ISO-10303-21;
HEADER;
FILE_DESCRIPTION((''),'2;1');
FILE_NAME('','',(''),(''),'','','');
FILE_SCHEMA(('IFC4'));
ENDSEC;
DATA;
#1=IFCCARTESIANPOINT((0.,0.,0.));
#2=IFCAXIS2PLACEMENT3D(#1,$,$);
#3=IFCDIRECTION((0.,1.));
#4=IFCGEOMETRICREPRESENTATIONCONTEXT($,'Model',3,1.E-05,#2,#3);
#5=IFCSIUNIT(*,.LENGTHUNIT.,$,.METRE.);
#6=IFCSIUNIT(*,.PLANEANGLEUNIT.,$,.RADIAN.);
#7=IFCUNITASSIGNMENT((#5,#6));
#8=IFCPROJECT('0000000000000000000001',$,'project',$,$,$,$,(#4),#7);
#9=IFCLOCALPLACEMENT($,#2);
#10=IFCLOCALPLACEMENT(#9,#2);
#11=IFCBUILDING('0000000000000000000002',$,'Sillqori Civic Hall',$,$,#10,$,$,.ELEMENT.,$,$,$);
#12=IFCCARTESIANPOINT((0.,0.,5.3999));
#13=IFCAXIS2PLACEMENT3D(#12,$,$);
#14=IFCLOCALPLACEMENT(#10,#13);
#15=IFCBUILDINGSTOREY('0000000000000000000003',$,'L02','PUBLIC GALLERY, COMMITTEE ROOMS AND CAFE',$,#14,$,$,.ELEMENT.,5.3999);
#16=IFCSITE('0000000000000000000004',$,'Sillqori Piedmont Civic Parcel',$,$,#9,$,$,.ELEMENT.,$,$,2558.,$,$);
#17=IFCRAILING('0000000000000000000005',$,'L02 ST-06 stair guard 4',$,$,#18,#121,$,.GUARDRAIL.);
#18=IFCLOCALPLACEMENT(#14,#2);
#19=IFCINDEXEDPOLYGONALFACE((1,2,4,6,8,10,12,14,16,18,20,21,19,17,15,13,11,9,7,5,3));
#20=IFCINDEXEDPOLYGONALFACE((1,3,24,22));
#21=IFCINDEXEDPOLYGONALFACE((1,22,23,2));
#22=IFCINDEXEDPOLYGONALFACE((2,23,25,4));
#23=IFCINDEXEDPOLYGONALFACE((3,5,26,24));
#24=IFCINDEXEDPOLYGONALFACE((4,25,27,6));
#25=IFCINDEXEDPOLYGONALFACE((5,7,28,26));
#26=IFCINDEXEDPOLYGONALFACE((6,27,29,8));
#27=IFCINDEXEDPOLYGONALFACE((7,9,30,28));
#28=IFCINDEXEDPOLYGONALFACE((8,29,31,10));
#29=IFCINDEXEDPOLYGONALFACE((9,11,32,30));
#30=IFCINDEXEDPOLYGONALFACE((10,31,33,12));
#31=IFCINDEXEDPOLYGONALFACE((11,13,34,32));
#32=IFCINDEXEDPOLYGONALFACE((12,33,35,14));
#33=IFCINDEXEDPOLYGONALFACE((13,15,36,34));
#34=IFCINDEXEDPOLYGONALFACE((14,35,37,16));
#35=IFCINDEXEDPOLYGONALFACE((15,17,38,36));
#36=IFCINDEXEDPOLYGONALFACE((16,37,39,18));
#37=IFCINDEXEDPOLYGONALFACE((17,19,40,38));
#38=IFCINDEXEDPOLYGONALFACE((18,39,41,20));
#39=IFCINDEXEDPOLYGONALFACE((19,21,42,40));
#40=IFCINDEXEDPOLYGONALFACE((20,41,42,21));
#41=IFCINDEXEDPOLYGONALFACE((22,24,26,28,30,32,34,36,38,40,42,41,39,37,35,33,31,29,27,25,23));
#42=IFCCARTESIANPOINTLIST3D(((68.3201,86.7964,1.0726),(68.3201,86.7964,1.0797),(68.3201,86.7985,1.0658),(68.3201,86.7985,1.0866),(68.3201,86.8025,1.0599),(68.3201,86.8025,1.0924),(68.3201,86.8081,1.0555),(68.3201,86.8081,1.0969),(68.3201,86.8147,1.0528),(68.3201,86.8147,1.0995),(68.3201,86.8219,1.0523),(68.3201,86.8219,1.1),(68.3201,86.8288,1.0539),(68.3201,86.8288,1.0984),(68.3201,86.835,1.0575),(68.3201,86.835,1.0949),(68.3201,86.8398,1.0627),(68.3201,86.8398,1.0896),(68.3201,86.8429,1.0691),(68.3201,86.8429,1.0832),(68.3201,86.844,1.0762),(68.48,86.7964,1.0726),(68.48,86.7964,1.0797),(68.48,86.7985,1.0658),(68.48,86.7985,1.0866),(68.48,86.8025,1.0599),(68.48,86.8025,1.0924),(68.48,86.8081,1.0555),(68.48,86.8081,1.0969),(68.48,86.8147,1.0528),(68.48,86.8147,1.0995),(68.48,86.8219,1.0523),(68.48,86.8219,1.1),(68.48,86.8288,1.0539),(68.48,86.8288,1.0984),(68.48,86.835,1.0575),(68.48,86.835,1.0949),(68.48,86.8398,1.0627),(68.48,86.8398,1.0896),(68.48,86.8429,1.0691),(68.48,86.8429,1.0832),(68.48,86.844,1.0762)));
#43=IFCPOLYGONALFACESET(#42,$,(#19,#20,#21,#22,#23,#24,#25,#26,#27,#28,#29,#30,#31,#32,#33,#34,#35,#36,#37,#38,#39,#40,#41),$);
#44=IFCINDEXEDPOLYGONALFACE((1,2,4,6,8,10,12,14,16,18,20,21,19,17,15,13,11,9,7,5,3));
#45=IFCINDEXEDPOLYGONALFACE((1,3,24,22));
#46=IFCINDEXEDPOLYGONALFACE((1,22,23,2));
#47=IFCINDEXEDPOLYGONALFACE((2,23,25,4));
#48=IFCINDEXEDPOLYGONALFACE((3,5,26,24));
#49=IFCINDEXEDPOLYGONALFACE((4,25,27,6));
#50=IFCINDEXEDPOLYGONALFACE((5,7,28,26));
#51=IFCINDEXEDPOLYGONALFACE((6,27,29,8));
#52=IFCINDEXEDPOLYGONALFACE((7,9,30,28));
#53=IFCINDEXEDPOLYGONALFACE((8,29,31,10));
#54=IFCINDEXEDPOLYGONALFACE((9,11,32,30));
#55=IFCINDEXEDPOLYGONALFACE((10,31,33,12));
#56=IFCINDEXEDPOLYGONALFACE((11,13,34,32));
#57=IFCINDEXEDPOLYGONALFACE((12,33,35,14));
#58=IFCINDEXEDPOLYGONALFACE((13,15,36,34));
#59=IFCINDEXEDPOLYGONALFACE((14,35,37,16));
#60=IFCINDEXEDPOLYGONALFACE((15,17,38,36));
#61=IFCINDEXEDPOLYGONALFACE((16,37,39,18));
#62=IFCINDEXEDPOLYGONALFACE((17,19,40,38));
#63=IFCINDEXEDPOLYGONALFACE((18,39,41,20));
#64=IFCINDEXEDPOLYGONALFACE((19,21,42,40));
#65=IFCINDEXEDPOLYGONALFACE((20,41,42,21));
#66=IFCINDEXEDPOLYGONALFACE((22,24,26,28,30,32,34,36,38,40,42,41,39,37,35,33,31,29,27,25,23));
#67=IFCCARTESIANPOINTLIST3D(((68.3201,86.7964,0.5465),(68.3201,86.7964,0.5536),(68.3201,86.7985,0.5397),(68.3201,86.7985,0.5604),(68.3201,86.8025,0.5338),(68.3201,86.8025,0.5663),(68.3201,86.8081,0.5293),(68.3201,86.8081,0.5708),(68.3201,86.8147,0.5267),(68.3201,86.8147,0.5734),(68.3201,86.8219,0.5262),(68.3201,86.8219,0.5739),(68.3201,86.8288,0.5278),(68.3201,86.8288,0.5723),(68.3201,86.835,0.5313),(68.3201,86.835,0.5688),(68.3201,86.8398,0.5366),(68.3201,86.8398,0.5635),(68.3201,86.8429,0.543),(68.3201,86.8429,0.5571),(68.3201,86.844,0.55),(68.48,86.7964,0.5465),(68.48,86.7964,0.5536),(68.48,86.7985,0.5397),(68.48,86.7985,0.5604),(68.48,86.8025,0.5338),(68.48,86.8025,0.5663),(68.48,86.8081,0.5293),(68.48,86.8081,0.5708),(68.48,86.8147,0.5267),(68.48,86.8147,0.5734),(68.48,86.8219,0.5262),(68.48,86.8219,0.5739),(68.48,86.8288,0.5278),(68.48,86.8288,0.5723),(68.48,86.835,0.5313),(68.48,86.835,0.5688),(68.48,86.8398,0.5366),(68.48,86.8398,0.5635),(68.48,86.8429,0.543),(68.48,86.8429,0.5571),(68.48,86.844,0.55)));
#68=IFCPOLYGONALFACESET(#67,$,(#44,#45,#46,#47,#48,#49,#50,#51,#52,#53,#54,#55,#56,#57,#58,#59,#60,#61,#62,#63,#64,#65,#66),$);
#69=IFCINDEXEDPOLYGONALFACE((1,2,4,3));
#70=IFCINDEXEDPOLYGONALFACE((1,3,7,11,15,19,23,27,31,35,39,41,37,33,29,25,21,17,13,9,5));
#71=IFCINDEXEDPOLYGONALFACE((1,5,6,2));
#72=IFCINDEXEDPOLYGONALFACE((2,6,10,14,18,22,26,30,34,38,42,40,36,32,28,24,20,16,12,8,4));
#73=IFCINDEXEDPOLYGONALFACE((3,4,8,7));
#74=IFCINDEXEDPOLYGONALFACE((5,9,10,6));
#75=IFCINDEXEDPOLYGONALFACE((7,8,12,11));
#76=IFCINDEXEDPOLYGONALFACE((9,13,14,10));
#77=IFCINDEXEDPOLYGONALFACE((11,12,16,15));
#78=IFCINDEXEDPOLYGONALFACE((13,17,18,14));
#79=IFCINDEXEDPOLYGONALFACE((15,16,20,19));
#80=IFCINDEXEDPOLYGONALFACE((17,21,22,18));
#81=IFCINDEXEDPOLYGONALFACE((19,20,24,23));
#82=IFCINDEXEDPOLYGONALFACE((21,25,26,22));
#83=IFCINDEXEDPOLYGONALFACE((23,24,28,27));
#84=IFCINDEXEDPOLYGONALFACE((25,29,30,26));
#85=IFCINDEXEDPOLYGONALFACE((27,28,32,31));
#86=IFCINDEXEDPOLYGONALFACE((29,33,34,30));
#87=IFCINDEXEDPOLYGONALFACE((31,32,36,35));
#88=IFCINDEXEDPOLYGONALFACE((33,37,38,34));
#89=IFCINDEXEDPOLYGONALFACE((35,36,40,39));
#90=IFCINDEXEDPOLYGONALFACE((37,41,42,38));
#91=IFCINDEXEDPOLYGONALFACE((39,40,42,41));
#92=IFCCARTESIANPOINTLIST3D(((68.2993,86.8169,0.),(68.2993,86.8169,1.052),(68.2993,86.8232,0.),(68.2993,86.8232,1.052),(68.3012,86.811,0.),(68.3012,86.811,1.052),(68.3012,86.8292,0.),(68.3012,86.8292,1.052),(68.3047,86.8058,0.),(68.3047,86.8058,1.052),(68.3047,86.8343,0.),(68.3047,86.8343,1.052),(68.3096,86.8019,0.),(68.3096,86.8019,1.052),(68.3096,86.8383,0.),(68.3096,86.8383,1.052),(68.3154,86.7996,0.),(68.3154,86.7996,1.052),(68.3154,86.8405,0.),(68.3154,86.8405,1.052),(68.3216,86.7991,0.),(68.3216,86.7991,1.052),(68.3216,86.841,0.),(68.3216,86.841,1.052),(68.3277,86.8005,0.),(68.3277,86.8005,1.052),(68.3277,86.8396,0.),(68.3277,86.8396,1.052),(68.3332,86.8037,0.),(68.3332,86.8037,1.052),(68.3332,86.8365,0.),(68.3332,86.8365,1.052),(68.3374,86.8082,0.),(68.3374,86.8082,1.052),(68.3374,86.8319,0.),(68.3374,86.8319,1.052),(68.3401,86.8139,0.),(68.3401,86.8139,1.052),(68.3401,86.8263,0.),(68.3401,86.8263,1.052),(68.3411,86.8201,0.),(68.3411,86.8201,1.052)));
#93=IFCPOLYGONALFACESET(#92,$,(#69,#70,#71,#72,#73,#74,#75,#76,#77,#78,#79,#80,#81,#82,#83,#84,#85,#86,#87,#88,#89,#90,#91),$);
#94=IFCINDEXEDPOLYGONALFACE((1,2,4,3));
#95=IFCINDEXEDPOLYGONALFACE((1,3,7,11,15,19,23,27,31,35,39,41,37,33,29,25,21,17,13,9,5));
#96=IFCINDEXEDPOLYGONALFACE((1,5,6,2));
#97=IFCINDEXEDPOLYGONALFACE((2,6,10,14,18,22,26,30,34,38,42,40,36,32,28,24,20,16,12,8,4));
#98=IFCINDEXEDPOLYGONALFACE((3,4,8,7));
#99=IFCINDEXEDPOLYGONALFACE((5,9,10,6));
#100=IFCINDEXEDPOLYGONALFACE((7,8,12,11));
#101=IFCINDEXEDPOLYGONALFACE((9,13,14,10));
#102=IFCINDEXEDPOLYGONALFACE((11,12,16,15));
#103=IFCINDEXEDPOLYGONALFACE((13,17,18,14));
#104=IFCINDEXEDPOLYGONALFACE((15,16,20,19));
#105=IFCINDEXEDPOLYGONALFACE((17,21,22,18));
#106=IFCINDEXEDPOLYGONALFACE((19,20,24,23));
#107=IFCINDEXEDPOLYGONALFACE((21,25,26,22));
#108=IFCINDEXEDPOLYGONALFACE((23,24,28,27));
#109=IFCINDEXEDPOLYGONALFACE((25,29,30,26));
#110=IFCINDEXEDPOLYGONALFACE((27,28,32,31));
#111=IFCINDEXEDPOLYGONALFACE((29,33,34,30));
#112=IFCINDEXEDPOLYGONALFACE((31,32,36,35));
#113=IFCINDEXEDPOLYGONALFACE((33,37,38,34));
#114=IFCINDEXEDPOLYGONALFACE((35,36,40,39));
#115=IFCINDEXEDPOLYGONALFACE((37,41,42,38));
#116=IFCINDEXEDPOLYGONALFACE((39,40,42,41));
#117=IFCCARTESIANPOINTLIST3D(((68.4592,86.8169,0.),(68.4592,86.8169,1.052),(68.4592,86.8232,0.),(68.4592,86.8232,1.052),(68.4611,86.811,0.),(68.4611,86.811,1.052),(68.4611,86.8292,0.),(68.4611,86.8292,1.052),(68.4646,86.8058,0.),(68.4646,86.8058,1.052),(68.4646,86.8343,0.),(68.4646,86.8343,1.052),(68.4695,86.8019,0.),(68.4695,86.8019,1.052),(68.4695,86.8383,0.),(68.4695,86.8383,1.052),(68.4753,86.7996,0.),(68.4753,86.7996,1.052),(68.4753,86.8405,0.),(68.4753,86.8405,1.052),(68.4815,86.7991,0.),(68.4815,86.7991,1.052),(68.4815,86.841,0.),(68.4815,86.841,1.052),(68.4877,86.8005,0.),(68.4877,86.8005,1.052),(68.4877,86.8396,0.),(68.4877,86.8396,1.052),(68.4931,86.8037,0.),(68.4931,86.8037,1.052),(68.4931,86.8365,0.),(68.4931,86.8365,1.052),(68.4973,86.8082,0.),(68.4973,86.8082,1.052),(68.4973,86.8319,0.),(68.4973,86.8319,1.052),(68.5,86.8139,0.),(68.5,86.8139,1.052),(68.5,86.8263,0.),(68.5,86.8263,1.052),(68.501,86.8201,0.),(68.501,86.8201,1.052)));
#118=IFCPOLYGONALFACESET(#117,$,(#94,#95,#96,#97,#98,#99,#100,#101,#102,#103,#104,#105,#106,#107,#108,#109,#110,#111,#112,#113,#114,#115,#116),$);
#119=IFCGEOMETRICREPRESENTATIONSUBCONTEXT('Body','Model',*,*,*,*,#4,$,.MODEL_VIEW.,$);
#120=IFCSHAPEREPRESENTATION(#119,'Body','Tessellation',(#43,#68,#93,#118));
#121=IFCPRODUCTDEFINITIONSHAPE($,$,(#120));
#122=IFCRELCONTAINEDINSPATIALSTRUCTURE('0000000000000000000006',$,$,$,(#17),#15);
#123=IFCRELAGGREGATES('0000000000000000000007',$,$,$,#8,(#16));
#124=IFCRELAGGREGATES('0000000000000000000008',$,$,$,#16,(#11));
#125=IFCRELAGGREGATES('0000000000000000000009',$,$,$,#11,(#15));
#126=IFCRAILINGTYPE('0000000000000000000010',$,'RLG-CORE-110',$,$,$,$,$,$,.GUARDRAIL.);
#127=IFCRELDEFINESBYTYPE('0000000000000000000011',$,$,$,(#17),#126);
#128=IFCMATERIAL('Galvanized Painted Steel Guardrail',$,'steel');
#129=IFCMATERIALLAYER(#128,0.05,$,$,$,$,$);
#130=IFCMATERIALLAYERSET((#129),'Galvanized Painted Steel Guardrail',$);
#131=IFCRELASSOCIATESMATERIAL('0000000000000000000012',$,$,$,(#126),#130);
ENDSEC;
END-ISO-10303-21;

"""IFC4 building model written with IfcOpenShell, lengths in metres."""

from ifc_helpers import new_model, si_unit, direction, frame, origin, origin_2d, place, context, subcontext, project, spatial, circle, extrude, material, layer, layer_set, type_object, element, save


model = new_model("IFC4")

# Units and contexts
model_context = context("Model", 3, precision=1e-05, world=origin(), true_north=direction((0.0, 1.0)))
body_context = subcontext(model_context, "Body", "Model", "MODEL_VIEW")
ifc_project = project(units=[si_unit("LENGTHUNIT", "METRE"), si_unit("PLANEANGLEUNIT", "RADIAN")], contexts=[model_context])

# Site, building, storey
site_placement = place(None, origin())
site = spatial("IfcSite", under=ifc_project, at=site_placement, Name="Sillqori Piedmont Civic Parcel", CompositionType="ELEMENT", RefElevation=2558.0)
building_placement = place(site_placement, origin())
building = spatial("IfcBuilding", under=site, at=building_placement, Name="Sillqori Civic Hall", CompositionType="ELEMENT")
storey_placement = place(building_placement, frame((0.0, 0.0, 5.3999)))
storey = spatial("IfcBuildingStorey", under=building, at=storey_placement, Name="L02", Description="PUBLIC GALLERY, COMMITTEE ROOMS AND CAFE", CompositionType="ELEMENT", Elevation=5.3999)

# Railing
ifc_material_1 = material(Name="Galvanized Painted Steel Guardrail", Category="steel")
ifc_layer_1 = layer(ifc_material_1, 0.05)
ifc_layer_set_1 = layer_set([ifc_layer_1], Name="Galvanized Painted Steel Guardrail")
railing_type_1 = type_object("IfcRailingType", Name="RLG-CORE-110", PredefinedType="GUARDRAIL", material=ifc_layer_set_1)
railing_1_placement = place(storey_placement, frame((68.3201, 86.8201, 0.0)))
element("IfcRailing", 1, at=railing_1_placement, inside=storey, type_object=railing_type_1, Name="L02 ST-06 stair guard 4", PredefinedType="GUARDRAIL", context=body_context, shape_type="SweptSolid", body=[
    extrude(circle(Radius=0.0239, at=origin_2d()), frame((0.0, 0.0, 1.0762), z_axis=(1.0, 0.0, 0.0), x_axis=(0.0, 1.0, 0.0)), (0.0, 0.0, 1.0), 0.1599),
    extrude(circle(Radius=0.0239, at=origin_2d()), frame((0.0, 0.0, 0.55), z_axis=(1.0, 0.0, 0.0), x_axis=(0.0, 1.0, 0.0)), (0.0, 0.0, 1.0), 0.1599),
    extrude(circle(Radius=0.021, at=origin_2d()), origin(), (0.0, 0.0, 1.0), 1.052),
    extrude(circle(Radius=0.021, at=origin_2d()), frame((0.1599, 0.0, 0.0)), (0.0, 0.0, 1.0), 1.052),
])

save(model, "model.ifc")
